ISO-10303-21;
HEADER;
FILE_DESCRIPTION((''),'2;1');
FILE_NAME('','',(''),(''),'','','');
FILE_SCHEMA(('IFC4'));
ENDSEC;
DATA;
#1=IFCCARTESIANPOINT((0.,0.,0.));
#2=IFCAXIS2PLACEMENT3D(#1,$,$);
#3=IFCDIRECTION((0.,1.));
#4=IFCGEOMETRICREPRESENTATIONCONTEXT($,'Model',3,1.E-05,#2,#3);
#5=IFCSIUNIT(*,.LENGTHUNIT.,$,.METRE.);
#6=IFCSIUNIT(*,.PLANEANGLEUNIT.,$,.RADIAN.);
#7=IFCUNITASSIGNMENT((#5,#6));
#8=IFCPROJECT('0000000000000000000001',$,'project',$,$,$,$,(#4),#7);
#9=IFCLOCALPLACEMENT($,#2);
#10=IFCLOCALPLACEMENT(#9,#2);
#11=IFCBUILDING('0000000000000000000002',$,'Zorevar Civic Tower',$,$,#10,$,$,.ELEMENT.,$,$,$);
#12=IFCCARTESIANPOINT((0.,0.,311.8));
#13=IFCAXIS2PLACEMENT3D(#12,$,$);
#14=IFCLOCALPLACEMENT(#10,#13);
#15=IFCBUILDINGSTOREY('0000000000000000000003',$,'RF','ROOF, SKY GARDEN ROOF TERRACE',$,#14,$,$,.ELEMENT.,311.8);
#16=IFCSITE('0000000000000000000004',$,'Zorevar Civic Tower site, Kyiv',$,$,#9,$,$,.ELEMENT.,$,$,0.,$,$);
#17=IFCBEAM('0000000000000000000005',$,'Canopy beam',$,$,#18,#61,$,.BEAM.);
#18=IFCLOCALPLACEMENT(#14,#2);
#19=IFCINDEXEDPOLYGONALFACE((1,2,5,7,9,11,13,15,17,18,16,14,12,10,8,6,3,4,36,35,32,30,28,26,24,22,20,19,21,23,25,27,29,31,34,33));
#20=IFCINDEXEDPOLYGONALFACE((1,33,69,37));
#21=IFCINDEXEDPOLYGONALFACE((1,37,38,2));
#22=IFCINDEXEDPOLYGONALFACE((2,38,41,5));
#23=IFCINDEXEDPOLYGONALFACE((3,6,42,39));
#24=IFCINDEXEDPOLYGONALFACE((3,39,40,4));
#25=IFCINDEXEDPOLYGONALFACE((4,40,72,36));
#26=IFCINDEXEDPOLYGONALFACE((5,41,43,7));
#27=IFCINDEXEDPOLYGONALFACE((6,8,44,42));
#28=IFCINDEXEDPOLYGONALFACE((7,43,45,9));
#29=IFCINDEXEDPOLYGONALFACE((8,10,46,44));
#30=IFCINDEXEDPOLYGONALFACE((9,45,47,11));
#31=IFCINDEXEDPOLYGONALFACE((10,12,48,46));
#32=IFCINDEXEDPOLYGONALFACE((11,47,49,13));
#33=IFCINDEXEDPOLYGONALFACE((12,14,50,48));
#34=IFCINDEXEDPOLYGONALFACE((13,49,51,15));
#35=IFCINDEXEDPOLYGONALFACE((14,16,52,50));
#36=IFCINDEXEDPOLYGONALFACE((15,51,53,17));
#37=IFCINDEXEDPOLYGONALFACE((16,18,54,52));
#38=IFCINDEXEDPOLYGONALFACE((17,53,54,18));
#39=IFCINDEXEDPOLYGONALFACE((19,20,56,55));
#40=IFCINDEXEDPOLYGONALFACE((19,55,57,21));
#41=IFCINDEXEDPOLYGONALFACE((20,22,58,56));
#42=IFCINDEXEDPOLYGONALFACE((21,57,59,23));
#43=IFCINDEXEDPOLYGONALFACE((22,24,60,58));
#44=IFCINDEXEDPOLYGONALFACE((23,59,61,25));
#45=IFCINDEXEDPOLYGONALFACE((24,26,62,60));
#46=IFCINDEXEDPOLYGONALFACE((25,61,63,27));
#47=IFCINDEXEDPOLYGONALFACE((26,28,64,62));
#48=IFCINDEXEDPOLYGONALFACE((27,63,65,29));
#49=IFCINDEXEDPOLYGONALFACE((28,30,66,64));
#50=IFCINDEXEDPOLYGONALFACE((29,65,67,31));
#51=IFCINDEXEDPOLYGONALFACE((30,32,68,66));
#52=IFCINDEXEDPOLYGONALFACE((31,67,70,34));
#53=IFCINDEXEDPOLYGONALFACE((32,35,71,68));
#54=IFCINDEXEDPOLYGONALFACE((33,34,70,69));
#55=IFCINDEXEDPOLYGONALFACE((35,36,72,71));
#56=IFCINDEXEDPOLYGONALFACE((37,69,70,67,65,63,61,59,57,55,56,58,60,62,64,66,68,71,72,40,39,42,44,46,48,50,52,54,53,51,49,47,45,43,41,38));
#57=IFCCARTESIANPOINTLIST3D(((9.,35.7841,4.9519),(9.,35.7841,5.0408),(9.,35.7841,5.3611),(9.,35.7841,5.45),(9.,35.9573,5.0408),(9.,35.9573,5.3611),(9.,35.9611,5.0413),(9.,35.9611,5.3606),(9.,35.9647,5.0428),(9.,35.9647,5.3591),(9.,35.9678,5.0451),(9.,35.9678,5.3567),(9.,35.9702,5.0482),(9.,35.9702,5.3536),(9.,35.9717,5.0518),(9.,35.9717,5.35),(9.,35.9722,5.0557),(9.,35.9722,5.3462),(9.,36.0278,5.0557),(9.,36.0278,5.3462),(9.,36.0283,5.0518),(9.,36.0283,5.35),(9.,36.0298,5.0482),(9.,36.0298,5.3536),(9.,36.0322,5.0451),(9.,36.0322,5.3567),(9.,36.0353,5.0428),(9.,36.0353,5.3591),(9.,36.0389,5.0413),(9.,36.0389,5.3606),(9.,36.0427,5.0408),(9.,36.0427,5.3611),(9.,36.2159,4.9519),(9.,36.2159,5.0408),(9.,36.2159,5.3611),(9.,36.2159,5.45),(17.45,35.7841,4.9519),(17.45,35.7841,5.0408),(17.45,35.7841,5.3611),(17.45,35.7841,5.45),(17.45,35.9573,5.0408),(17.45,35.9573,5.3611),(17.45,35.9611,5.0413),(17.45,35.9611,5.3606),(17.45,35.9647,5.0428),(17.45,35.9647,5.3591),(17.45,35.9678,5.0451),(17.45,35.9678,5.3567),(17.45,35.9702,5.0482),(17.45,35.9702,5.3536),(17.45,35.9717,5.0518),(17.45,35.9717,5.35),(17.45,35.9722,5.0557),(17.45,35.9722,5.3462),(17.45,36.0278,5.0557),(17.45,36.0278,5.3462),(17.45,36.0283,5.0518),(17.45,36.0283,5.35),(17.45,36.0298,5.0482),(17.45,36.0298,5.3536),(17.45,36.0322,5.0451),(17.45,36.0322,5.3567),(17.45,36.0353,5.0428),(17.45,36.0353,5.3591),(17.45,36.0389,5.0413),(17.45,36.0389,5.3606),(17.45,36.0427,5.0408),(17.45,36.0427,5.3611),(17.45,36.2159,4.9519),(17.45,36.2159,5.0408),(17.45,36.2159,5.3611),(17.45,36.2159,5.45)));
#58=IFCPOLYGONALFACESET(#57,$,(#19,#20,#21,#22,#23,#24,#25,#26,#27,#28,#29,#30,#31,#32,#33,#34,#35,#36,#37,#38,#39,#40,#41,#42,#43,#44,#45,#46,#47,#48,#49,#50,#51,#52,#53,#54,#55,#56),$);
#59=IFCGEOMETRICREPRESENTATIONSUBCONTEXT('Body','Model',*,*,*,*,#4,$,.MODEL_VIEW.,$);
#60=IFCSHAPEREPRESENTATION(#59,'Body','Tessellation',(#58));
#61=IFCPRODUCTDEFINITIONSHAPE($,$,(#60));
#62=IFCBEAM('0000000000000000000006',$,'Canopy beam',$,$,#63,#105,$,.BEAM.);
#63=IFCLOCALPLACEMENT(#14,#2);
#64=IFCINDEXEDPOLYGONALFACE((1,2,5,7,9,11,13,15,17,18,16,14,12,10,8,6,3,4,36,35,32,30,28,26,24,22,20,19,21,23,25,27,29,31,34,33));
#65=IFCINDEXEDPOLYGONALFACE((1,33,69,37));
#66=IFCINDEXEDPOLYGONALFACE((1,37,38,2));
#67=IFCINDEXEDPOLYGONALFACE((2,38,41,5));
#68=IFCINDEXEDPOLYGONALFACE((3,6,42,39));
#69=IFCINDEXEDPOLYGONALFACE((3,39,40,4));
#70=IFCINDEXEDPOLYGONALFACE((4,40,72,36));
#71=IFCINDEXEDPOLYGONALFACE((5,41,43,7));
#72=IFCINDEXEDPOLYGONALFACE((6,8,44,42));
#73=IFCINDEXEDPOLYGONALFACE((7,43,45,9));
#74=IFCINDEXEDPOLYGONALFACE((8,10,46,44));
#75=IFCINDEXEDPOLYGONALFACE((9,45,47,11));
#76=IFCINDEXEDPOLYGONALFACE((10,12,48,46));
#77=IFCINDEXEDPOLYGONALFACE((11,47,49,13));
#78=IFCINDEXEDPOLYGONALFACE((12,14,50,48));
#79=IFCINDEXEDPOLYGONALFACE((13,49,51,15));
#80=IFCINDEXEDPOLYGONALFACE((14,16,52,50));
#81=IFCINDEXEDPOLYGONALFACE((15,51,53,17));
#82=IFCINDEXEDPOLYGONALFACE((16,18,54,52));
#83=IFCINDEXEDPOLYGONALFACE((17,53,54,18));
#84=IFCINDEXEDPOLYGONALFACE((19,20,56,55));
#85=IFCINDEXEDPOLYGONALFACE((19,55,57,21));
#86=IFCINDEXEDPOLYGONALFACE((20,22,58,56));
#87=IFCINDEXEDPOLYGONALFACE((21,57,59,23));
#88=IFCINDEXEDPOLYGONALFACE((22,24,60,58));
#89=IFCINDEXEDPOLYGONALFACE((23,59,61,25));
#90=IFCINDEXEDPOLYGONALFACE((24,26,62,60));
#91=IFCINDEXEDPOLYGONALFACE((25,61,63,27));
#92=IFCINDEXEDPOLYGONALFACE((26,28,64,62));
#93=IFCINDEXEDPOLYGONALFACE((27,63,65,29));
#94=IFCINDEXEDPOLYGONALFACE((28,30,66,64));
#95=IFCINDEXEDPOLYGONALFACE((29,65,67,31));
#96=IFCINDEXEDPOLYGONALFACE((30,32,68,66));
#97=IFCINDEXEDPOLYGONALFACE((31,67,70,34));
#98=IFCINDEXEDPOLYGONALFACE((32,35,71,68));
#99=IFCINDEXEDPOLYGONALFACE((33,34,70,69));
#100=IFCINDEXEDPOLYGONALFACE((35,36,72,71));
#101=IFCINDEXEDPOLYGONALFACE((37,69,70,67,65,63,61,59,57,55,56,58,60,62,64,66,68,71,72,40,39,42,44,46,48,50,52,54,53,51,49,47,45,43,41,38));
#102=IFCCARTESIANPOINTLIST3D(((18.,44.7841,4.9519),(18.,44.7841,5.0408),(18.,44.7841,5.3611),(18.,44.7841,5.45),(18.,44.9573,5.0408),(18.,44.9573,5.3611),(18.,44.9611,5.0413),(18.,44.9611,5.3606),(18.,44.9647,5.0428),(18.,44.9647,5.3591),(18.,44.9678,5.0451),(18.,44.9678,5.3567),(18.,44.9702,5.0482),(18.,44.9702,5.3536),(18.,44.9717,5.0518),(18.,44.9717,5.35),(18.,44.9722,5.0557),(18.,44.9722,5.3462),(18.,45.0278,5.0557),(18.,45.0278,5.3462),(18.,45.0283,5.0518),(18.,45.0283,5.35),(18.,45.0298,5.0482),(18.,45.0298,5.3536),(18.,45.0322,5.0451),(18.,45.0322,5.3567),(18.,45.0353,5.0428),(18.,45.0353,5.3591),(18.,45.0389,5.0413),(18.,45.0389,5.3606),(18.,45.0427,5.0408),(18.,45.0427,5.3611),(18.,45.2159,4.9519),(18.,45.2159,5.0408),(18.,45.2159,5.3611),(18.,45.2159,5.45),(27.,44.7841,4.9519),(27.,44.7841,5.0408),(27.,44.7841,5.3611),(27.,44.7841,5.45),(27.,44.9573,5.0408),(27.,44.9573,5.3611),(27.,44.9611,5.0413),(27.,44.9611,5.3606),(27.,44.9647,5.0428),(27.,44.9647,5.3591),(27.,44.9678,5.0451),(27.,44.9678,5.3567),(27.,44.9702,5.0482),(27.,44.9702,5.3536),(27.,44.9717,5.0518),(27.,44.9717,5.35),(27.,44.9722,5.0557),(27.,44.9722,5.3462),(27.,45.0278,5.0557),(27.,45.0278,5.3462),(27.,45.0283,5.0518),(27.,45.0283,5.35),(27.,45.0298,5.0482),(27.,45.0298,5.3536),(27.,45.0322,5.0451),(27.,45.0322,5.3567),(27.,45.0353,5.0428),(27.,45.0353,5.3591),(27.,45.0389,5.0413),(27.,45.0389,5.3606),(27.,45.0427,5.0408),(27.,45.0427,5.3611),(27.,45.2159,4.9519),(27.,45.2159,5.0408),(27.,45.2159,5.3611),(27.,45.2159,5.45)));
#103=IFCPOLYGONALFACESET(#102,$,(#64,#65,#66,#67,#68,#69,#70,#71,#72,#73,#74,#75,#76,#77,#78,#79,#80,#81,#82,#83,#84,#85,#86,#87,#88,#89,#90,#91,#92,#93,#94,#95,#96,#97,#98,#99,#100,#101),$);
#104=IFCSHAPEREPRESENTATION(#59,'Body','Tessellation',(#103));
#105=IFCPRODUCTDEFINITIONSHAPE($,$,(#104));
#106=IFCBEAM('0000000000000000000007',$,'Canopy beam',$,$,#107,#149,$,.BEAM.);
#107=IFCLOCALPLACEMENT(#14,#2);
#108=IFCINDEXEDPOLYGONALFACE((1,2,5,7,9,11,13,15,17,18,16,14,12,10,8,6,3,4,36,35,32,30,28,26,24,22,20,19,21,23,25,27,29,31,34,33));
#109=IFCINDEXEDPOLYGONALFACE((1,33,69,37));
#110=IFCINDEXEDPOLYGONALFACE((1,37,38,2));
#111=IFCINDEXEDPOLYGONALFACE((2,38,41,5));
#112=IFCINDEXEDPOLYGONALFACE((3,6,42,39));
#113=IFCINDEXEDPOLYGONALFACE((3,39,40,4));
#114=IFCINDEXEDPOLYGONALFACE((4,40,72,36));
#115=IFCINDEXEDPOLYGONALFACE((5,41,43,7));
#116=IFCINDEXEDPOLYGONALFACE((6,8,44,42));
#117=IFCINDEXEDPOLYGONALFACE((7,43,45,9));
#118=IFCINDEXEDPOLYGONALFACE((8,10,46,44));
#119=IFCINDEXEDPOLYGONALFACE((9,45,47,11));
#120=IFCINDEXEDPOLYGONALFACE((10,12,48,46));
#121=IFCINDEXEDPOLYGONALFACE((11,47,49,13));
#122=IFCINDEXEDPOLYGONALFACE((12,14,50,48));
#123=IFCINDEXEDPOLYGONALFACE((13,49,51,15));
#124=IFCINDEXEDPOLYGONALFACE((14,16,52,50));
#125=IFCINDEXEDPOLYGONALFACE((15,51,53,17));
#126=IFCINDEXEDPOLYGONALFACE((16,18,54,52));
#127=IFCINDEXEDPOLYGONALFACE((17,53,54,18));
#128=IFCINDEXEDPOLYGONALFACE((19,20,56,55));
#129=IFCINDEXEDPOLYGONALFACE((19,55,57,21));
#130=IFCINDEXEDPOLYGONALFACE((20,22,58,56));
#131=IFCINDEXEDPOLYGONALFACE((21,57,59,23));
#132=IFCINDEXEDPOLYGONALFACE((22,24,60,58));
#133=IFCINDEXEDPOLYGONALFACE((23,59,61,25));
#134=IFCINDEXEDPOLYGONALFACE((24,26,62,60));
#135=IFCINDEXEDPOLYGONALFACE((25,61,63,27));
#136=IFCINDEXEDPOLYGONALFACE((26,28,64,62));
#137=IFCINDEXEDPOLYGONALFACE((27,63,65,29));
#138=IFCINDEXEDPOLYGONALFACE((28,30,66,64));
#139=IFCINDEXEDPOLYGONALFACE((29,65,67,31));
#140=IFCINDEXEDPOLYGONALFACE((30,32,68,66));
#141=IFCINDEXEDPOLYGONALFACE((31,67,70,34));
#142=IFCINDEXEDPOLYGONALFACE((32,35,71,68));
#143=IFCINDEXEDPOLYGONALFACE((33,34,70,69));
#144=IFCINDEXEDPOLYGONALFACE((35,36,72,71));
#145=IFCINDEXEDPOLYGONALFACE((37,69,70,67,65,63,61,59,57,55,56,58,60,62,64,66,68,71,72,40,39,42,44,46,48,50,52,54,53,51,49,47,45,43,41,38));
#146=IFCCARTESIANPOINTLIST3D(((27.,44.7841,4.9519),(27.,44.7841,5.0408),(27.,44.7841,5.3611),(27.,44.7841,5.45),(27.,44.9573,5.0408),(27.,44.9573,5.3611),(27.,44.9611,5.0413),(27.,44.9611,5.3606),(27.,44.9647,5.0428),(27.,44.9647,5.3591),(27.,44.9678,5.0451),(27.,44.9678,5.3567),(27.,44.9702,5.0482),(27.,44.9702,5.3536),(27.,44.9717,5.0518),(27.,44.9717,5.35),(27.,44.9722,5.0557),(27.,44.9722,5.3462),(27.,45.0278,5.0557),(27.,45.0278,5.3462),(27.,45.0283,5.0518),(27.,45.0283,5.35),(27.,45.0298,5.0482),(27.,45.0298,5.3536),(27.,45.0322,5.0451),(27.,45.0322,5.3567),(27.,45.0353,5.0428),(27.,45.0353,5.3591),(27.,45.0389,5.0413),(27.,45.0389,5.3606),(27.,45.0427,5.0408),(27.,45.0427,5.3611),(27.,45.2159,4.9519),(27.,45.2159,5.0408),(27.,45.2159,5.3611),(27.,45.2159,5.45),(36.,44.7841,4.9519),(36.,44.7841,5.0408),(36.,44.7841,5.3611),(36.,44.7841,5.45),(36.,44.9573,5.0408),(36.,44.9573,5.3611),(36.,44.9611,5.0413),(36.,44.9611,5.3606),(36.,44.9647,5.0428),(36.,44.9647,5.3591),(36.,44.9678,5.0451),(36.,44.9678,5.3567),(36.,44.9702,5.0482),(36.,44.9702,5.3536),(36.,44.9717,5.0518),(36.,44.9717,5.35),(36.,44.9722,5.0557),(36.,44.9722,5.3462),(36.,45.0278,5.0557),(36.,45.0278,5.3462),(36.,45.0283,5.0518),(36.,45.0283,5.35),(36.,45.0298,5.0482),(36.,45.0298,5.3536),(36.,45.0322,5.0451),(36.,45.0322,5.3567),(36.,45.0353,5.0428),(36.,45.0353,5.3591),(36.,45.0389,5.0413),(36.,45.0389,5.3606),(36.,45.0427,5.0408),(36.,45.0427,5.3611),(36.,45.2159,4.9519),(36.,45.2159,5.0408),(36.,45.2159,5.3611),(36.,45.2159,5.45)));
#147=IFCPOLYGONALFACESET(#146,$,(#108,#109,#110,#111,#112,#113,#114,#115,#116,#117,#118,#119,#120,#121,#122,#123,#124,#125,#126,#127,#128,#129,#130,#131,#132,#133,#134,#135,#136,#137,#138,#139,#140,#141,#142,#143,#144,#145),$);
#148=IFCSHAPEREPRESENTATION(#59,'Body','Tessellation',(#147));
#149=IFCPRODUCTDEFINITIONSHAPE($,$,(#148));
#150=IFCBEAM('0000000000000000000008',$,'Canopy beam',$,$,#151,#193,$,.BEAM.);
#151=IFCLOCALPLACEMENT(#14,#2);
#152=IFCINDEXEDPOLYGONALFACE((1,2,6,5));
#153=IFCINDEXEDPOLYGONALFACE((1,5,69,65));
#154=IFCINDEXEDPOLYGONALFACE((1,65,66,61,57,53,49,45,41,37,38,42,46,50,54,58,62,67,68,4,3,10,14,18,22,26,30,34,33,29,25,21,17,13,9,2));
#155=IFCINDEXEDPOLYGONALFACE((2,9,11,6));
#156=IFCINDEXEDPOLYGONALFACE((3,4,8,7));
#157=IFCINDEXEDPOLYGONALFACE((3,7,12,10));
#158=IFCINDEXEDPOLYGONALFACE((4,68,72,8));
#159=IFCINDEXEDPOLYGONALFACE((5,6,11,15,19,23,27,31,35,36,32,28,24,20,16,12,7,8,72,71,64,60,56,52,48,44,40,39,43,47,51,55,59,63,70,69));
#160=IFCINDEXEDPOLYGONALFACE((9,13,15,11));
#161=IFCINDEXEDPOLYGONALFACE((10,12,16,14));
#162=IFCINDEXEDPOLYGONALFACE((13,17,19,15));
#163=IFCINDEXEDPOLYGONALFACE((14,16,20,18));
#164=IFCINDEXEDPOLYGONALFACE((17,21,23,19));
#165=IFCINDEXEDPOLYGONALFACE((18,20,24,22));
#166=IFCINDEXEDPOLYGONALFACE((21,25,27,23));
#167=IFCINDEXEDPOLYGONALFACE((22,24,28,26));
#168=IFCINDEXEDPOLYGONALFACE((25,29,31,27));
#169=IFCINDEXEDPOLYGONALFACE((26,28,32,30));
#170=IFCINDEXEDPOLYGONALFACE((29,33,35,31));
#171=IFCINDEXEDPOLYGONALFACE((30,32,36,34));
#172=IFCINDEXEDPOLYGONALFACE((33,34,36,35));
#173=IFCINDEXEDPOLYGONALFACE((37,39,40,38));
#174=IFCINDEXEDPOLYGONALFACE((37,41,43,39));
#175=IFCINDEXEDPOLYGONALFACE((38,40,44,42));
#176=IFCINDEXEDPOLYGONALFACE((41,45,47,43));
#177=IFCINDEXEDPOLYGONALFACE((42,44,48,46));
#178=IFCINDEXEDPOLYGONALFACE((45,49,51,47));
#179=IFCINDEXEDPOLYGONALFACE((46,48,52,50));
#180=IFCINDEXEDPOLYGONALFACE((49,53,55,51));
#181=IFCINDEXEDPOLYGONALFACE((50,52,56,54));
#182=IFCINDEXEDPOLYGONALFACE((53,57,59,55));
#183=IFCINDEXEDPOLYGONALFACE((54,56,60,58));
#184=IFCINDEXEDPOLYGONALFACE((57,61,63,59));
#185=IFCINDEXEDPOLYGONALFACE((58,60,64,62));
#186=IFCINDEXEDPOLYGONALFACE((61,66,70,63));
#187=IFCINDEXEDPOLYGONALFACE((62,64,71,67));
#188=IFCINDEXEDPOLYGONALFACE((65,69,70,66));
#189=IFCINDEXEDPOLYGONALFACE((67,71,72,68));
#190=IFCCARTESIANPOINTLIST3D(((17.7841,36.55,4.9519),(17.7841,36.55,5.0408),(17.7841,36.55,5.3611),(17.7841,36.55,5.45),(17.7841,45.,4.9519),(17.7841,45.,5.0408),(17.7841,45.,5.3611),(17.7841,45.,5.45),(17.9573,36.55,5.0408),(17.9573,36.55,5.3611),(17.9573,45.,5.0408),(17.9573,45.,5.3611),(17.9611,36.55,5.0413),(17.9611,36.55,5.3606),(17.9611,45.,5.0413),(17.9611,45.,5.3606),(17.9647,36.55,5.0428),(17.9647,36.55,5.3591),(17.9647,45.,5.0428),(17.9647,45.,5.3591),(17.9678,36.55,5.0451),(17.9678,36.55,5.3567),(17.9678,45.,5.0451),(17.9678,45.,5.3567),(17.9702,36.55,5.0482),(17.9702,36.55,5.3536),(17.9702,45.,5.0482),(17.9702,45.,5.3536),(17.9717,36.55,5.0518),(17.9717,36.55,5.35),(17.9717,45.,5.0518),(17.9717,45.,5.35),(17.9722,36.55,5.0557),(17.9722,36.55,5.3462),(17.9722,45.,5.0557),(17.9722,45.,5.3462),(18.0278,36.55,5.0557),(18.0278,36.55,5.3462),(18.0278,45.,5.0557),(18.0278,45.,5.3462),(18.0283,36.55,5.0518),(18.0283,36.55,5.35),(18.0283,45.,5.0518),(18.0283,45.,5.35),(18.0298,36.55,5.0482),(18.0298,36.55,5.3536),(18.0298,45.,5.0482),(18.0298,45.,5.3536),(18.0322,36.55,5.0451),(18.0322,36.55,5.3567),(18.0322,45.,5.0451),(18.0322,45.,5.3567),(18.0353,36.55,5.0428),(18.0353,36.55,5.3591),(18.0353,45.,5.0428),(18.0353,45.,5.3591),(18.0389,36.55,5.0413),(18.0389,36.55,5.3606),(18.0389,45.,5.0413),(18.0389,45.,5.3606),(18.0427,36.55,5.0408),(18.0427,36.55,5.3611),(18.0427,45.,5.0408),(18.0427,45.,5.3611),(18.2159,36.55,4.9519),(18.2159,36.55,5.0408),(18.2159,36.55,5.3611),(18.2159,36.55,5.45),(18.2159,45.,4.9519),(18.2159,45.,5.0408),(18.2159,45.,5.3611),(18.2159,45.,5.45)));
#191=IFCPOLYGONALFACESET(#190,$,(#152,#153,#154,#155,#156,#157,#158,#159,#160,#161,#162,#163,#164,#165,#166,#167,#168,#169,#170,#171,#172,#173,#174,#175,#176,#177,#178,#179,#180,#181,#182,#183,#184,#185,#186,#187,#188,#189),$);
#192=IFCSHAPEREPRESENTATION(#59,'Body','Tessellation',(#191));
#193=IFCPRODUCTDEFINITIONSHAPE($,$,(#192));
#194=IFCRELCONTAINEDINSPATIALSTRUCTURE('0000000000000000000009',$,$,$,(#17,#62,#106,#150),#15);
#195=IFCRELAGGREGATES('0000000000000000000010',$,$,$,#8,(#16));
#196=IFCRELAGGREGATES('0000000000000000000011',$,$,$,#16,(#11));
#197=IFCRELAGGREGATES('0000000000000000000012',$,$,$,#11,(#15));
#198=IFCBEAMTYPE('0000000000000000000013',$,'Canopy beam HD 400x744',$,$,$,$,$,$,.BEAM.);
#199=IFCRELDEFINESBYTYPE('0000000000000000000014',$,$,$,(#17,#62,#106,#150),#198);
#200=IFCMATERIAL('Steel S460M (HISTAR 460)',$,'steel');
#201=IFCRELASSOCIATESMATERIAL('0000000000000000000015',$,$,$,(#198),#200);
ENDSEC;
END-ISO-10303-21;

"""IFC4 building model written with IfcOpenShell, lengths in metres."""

from ifc_helpers import new_model, si_unit, direction, frame, origin, origin_2d, place, context, subcontext, project, spatial, i_section, extrude, material, material_profile, profile_set, type_object, element, save


model = new_model("IFC4")

# Units and contexts
model_context = context("Model", 3, precision=1e-05, world=origin(), true_north=direction((0.0, 1.0)))
body_context = subcontext(model_context, "Body", "Model", "MODEL_VIEW")
ifc_project = project(units=[si_unit("LENGTHUNIT", "METRE"), si_unit("PLANEANGLEUNIT", "RADIAN")], contexts=[model_context])

# Site, building, storey
site_placement = place(None, origin())
site = spatial("IfcSite", under=ifc_project, at=site_placement, Name="Zorevar Civic Tower site, Kyiv", CompositionType="ELEMENT", RefElevation=0.0)
building_placement = place(site_placement, origin())
building = spatial("IfcBuilding", under=site, at=building_placement, Name="Zorevar Civic Tower", CompositionType="ELEMENT")
storey_placement = place(building_placement, frame((0.0, 0.0, 311.8)))
storey = spatial("IfcBuildingStorey", under=building, at=storey_placement, Name="RF", Description="ROOF, SKY GARDEN ROOF TERRACE", CompositionType="ELEMENT", Elevation=311.8)

# Beams
ifc_material_1 = material(Name="Steel S460M (HISTAR 460)", Category="steel")
ifc_material_profile_1 = material_profile(ifc_material_1, i_section(OverallWidth=0.4319, OverallDepth=0.498, WebThickness=0.0557, FlangeThickness=0.0889, FilletRadius=0.0149, at=origin_2d()), Name="HD 400x744")
ifc_profile_set_1 = profile_set([ifc_material_profile_1], Name="Steel S460M (HISTAR 460)")
beam_type_1 = type_object("IfcBeamType", Name="Canopy beam HD 400x744", PredefinedType="BEAM", material=ifc_profile_set_1)
beam_1_placement = place(storey_placement, frame((9.0, 36.0, 5.2009), z_axis=(1.0, 0.0, 0.0), x_axis=(0.0, 1.0, 0.0)))
element("IfcBeam", 1, at=beam_1_placement, inside=storey, type_object=beam_type_1, Name="Canopy beam", PredefinedType="BEAM", context=body_context, shape_type="SweptSolid", body=[
    extrude(i_section(OverallWidth=0.4319, OverallDepth=0.498, WebThickness=0.0557, FlangeThickness=0.0889, FilletRadius=0.0149, at=origin_2d()), origin(), (0.0, 0.0, 1.0), 8.45),
])
for number, where, z_axis, x_axis, name in (
    (2, (18.0, 45.0, 5.2009), (1.0, 0.0, 0.0), (0.0, 1.0, 0.0), "Canopy beam"),
    (3, (27.0, 45.0, 5.2009), (1.0, 0.0, 0.0), (0.0, 1.0, 0.0), "Canopy beam"),
):
    element("IfcBeam", number, at=place(storey_placement, frame(where, z_axis=z_axis, x_axis=x_axis)), inside=storey, type_object=beam_type_1, Name=name, PredefinedType="BEAM", context=body_context, shape_type="SweptSolid", body=[
        extrude(i_section(OverallWidth=0.4319, OverallDepth=0.498, WebThickness=0.0557, FlangeThickness=0.0889, FilletRadius=0.0149, at=origin_2d()), origin(), (0.0, 0.0, 1.0), 9.0),
    ])
for number, where, z_axis, x_axis, name in (
    (4, (18.0, 36.55, 5.2009), (0.0, 1.0, 0.0), (-1.0, 0.0, 0.0), "Canopy beam"),
):
    element("IfcBeam", number, at=place(storey_placement, frame(where, z_axis=z_axis, x_axis=x_axis)), inside=storey, type_object=beam_type_1, Name=name, PredefinedType="BEAM", context=body_context, shape_type="SweptSolid", body=[
        extrude(i_section(OverallWidth=0.4319, OverallDepth=0.498, WebThickness=0.0557, FlangeThickness=0.0889, FilletRadius=0.0149, at=origin_2d()), origin(), (0.0, 0.0, 1.0), 8.45),
    ])

save(model, "model.ifc")
